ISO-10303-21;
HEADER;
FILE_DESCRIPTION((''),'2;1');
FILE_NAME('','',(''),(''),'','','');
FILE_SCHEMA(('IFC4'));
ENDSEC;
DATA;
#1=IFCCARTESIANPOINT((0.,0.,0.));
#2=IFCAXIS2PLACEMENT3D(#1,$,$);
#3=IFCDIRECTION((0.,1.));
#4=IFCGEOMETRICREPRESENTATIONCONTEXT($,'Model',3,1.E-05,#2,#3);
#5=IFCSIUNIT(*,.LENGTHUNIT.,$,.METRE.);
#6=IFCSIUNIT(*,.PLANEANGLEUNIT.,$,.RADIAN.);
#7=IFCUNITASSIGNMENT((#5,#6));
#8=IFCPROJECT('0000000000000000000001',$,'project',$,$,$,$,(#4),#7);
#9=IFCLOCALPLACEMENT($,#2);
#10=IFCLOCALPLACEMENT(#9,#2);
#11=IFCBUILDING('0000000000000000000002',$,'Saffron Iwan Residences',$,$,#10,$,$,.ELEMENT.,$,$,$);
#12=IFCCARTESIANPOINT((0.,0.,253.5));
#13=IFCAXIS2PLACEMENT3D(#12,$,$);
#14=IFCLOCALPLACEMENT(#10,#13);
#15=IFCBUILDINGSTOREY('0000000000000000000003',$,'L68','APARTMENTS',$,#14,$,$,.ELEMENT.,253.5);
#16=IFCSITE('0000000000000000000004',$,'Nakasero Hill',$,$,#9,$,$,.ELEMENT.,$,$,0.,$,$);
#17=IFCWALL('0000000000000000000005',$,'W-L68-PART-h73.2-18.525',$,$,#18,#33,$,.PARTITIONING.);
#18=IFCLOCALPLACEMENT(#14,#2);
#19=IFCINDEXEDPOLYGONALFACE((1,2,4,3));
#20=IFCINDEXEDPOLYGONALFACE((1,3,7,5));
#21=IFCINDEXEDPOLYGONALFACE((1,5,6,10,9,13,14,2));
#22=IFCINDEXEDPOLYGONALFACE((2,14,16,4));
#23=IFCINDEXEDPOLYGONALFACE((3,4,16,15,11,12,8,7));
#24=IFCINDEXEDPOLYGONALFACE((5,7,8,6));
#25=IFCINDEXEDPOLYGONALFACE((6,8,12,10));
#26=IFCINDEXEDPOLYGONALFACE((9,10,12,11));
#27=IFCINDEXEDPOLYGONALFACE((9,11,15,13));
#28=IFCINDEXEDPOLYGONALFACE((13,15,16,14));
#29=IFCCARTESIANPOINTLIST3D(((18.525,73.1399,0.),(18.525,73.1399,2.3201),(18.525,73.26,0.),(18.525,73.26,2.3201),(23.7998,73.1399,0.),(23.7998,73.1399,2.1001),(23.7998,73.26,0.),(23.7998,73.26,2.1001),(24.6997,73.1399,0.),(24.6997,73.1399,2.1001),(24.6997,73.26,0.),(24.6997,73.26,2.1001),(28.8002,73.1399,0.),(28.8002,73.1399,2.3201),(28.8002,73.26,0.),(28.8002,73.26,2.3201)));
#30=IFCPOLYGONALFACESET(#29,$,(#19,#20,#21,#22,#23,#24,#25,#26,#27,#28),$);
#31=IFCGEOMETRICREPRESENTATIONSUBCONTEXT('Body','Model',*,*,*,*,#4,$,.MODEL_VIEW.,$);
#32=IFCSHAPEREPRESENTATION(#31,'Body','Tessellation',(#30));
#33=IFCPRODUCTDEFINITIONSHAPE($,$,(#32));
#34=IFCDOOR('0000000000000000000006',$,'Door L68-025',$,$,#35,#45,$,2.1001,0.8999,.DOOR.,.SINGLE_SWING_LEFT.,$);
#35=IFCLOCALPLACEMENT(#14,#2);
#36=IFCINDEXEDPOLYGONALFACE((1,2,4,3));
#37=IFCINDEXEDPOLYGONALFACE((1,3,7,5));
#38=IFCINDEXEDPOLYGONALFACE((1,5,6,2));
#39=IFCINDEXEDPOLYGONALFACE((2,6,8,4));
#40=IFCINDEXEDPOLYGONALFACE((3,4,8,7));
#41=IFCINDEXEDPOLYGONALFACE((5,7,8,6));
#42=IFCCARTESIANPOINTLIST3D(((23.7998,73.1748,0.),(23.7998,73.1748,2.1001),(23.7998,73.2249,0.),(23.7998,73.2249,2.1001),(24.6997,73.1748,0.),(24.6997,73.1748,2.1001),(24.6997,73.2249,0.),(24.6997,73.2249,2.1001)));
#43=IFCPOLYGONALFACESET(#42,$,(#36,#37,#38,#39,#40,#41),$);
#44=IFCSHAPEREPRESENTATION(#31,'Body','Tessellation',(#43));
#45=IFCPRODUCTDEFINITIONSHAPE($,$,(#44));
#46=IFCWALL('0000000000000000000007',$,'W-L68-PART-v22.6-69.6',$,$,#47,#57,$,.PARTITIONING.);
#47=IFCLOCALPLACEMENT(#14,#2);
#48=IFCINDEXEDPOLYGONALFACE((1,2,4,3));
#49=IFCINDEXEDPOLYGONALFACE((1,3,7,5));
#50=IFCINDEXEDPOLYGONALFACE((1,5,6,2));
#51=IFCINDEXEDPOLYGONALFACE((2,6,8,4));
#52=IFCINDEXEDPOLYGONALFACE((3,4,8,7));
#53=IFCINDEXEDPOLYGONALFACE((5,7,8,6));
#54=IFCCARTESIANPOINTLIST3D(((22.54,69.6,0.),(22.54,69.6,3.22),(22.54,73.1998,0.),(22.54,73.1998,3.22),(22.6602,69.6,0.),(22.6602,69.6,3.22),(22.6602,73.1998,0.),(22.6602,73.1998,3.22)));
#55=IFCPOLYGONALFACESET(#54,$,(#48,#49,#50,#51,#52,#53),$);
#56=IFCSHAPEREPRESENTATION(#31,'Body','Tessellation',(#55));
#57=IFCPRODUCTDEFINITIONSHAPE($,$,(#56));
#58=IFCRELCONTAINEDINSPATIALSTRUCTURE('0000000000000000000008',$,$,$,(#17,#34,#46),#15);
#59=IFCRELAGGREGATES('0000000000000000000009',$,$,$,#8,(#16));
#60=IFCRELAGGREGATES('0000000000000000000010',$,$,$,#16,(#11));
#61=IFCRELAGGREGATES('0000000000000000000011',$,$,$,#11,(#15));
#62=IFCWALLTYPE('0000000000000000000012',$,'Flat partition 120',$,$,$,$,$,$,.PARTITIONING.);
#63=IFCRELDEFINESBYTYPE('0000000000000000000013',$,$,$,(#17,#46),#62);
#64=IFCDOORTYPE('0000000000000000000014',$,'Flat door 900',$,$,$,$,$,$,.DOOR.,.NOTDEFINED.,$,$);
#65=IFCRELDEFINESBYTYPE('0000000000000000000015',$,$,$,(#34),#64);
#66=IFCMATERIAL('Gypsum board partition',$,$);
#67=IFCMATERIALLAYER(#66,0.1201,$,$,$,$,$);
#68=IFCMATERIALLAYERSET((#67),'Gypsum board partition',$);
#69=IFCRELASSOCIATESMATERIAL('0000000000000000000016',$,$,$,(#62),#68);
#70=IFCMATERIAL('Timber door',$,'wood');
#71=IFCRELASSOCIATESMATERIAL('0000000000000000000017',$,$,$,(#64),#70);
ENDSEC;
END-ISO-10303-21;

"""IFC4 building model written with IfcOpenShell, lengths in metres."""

from ifc_helpers import new_model, si_unit, direction, frame, frame_2d, origin, place, context, subcontext, project, spatial, rectangle, extrude, material, layer, layer_set, type_object, element, fill, save


model = new_model("IFC4")

# Units and contexts
model_context = context("Model", 3, precision=1e-05, world=origin(), true_north=direction((0.0, 1.0)))
body_context = subcontext(model_context, "Body", "Model", "MODEL_VIEW")
ifc_project = project(units=[si_unit("LENGTHUNIT", "METRE"), si_unit("PLANEANGLEUNIT", "RADIAN")], contexts=[model_context])

# Site, building, storey
site_placement = place(None, origin())
site = spatial("IfcSite", under=ifc_project, at=site_placement, Name="Nakasero Hill", CompositionType="ELEMENT", RefElevation=0.0)
building_placement = place(site_placement, origin())
building = spatial("IfcBuilding", under=site, at=building_placement, Name="Saffron Iwan Residences", CompositionType="ELEMENT")
storey_placement = place(building_placement, frame((0.0, 0.0, 253.5)))
storey = spatial("IfcBuildingStorey", under=building, at=storey_placement, Name="L68", Description="APARTMENTS", CompositionType="ELEMENT", Elevation=253.5)

# Shared definitions
ifc_material_1 = material(Name="Gypsum board partition")
ifc_layer_1 = layer(ifc_material_1, 0.1201)
ifc_layer_set_1 = layer_set([ifc_layer_1], Name="Gypsum board partition")
wall_type_1 = type_object("IfcWallType", Name="Flat partition 120", PredefinedType="PARTITIONING", material=ifc_layer_set_1)

# Wall, opening, door
ifc_material_2 = material(Name="Timber door", Category="wood")
wall_1_placement = place(storey_placement, frame((18.5249, 73.2, 0.0), z_axis=(0.0, 0.0, 1.0), x_axis=(1.0, 0.0, 0.0)))
wall_1 = element("IfcWall", 1, at=wall_1_placement, inside=storey, type_object=wall_type_1, Name="W-L68-PART-h73.2-18.525", PredefinedType="PARTITIONING", context=body_context, shape_type="SweptSolid", body=[
    extrude(rectangle(XDim=10.2751, YDim=0.1201, at=frame_2d((5.1377, 0.0))), origin(), (0.0, 0.0, 1.0), 2.3201),
])
opening_1_placement = place(wall_1_placement, frame((5.2749, 0.0, 0.0)))
opening_1 = element("IfcOpeningElement", 2, at=opening_1_placement, cuts=wall_1, PredefinedType="OPENING", context=body_context, shape_type="SweptSolid", body=[
    extrude(rectangle(XDim=0.8999, YDim=2.1001, at=frame_2d((0.45, 1.05))), frame((0.0, 0.0701, 0.0), z_axis=(0.0, -1.0, 0.0), x_axis=(1.0, 0.0, 0.0)), (0.0, 0.0, 1.0), 0.1401),
])
door_type_1 = type_object("IfcDoorType", Name="Flat door 900", OperationType="NOTDEFINED", PredefinedType="DOOR", material=ifc_material_2)
door_1_placement = place(opening_1_placement, origin())
door_1 = element("IfcDoor", 3, at=door_1_placement, inside=storey, type_object=door_type_1, Name="Door L68-025", OperationType="SINGLE_SWING_LEFT", OverallHeight=2.1001, OverallWidth=0.8999, PredefinedType="DOOR", context=body_context, shape_type="SweptSolid", body=[
    extrude(rectangle(XDim=0.8999, YDim=2.1001, at=frame_2d((0.45, 1.05))), frame((0.0, 0.0249, 0.0), z_axis=(0.0, -1.0, 0.0), x_axis=(1.0, 0.0, 0.0)), (0.0, 0.0, 1.0), 0.05),
])
fill(opening_1, door_1)

# Wall
wall_2_placement = place(storey_placement, frame((22.6001, 69.6001, 0.0), z_axis=(0.0, 0.0, 1.0), x_axis=(0.0, 1.0, 0.0)))
element("IfcWall", 4, at=wall_2_placement, inside=storey, type_object=wall_type_1, Name="W-L68-PART-v22.6-69.6", PredefinedType="PARTITIONING", context=body_context, shape_type="SweptSolid", body=[
    extrude(rectangle(XDim=3.5999, YDim=0.1201, at=frame_2d((1.7998, 0.0))), origin(), (0.0, 0.0, 1.0), 3.22),
])

save(model, "model.ifc")
